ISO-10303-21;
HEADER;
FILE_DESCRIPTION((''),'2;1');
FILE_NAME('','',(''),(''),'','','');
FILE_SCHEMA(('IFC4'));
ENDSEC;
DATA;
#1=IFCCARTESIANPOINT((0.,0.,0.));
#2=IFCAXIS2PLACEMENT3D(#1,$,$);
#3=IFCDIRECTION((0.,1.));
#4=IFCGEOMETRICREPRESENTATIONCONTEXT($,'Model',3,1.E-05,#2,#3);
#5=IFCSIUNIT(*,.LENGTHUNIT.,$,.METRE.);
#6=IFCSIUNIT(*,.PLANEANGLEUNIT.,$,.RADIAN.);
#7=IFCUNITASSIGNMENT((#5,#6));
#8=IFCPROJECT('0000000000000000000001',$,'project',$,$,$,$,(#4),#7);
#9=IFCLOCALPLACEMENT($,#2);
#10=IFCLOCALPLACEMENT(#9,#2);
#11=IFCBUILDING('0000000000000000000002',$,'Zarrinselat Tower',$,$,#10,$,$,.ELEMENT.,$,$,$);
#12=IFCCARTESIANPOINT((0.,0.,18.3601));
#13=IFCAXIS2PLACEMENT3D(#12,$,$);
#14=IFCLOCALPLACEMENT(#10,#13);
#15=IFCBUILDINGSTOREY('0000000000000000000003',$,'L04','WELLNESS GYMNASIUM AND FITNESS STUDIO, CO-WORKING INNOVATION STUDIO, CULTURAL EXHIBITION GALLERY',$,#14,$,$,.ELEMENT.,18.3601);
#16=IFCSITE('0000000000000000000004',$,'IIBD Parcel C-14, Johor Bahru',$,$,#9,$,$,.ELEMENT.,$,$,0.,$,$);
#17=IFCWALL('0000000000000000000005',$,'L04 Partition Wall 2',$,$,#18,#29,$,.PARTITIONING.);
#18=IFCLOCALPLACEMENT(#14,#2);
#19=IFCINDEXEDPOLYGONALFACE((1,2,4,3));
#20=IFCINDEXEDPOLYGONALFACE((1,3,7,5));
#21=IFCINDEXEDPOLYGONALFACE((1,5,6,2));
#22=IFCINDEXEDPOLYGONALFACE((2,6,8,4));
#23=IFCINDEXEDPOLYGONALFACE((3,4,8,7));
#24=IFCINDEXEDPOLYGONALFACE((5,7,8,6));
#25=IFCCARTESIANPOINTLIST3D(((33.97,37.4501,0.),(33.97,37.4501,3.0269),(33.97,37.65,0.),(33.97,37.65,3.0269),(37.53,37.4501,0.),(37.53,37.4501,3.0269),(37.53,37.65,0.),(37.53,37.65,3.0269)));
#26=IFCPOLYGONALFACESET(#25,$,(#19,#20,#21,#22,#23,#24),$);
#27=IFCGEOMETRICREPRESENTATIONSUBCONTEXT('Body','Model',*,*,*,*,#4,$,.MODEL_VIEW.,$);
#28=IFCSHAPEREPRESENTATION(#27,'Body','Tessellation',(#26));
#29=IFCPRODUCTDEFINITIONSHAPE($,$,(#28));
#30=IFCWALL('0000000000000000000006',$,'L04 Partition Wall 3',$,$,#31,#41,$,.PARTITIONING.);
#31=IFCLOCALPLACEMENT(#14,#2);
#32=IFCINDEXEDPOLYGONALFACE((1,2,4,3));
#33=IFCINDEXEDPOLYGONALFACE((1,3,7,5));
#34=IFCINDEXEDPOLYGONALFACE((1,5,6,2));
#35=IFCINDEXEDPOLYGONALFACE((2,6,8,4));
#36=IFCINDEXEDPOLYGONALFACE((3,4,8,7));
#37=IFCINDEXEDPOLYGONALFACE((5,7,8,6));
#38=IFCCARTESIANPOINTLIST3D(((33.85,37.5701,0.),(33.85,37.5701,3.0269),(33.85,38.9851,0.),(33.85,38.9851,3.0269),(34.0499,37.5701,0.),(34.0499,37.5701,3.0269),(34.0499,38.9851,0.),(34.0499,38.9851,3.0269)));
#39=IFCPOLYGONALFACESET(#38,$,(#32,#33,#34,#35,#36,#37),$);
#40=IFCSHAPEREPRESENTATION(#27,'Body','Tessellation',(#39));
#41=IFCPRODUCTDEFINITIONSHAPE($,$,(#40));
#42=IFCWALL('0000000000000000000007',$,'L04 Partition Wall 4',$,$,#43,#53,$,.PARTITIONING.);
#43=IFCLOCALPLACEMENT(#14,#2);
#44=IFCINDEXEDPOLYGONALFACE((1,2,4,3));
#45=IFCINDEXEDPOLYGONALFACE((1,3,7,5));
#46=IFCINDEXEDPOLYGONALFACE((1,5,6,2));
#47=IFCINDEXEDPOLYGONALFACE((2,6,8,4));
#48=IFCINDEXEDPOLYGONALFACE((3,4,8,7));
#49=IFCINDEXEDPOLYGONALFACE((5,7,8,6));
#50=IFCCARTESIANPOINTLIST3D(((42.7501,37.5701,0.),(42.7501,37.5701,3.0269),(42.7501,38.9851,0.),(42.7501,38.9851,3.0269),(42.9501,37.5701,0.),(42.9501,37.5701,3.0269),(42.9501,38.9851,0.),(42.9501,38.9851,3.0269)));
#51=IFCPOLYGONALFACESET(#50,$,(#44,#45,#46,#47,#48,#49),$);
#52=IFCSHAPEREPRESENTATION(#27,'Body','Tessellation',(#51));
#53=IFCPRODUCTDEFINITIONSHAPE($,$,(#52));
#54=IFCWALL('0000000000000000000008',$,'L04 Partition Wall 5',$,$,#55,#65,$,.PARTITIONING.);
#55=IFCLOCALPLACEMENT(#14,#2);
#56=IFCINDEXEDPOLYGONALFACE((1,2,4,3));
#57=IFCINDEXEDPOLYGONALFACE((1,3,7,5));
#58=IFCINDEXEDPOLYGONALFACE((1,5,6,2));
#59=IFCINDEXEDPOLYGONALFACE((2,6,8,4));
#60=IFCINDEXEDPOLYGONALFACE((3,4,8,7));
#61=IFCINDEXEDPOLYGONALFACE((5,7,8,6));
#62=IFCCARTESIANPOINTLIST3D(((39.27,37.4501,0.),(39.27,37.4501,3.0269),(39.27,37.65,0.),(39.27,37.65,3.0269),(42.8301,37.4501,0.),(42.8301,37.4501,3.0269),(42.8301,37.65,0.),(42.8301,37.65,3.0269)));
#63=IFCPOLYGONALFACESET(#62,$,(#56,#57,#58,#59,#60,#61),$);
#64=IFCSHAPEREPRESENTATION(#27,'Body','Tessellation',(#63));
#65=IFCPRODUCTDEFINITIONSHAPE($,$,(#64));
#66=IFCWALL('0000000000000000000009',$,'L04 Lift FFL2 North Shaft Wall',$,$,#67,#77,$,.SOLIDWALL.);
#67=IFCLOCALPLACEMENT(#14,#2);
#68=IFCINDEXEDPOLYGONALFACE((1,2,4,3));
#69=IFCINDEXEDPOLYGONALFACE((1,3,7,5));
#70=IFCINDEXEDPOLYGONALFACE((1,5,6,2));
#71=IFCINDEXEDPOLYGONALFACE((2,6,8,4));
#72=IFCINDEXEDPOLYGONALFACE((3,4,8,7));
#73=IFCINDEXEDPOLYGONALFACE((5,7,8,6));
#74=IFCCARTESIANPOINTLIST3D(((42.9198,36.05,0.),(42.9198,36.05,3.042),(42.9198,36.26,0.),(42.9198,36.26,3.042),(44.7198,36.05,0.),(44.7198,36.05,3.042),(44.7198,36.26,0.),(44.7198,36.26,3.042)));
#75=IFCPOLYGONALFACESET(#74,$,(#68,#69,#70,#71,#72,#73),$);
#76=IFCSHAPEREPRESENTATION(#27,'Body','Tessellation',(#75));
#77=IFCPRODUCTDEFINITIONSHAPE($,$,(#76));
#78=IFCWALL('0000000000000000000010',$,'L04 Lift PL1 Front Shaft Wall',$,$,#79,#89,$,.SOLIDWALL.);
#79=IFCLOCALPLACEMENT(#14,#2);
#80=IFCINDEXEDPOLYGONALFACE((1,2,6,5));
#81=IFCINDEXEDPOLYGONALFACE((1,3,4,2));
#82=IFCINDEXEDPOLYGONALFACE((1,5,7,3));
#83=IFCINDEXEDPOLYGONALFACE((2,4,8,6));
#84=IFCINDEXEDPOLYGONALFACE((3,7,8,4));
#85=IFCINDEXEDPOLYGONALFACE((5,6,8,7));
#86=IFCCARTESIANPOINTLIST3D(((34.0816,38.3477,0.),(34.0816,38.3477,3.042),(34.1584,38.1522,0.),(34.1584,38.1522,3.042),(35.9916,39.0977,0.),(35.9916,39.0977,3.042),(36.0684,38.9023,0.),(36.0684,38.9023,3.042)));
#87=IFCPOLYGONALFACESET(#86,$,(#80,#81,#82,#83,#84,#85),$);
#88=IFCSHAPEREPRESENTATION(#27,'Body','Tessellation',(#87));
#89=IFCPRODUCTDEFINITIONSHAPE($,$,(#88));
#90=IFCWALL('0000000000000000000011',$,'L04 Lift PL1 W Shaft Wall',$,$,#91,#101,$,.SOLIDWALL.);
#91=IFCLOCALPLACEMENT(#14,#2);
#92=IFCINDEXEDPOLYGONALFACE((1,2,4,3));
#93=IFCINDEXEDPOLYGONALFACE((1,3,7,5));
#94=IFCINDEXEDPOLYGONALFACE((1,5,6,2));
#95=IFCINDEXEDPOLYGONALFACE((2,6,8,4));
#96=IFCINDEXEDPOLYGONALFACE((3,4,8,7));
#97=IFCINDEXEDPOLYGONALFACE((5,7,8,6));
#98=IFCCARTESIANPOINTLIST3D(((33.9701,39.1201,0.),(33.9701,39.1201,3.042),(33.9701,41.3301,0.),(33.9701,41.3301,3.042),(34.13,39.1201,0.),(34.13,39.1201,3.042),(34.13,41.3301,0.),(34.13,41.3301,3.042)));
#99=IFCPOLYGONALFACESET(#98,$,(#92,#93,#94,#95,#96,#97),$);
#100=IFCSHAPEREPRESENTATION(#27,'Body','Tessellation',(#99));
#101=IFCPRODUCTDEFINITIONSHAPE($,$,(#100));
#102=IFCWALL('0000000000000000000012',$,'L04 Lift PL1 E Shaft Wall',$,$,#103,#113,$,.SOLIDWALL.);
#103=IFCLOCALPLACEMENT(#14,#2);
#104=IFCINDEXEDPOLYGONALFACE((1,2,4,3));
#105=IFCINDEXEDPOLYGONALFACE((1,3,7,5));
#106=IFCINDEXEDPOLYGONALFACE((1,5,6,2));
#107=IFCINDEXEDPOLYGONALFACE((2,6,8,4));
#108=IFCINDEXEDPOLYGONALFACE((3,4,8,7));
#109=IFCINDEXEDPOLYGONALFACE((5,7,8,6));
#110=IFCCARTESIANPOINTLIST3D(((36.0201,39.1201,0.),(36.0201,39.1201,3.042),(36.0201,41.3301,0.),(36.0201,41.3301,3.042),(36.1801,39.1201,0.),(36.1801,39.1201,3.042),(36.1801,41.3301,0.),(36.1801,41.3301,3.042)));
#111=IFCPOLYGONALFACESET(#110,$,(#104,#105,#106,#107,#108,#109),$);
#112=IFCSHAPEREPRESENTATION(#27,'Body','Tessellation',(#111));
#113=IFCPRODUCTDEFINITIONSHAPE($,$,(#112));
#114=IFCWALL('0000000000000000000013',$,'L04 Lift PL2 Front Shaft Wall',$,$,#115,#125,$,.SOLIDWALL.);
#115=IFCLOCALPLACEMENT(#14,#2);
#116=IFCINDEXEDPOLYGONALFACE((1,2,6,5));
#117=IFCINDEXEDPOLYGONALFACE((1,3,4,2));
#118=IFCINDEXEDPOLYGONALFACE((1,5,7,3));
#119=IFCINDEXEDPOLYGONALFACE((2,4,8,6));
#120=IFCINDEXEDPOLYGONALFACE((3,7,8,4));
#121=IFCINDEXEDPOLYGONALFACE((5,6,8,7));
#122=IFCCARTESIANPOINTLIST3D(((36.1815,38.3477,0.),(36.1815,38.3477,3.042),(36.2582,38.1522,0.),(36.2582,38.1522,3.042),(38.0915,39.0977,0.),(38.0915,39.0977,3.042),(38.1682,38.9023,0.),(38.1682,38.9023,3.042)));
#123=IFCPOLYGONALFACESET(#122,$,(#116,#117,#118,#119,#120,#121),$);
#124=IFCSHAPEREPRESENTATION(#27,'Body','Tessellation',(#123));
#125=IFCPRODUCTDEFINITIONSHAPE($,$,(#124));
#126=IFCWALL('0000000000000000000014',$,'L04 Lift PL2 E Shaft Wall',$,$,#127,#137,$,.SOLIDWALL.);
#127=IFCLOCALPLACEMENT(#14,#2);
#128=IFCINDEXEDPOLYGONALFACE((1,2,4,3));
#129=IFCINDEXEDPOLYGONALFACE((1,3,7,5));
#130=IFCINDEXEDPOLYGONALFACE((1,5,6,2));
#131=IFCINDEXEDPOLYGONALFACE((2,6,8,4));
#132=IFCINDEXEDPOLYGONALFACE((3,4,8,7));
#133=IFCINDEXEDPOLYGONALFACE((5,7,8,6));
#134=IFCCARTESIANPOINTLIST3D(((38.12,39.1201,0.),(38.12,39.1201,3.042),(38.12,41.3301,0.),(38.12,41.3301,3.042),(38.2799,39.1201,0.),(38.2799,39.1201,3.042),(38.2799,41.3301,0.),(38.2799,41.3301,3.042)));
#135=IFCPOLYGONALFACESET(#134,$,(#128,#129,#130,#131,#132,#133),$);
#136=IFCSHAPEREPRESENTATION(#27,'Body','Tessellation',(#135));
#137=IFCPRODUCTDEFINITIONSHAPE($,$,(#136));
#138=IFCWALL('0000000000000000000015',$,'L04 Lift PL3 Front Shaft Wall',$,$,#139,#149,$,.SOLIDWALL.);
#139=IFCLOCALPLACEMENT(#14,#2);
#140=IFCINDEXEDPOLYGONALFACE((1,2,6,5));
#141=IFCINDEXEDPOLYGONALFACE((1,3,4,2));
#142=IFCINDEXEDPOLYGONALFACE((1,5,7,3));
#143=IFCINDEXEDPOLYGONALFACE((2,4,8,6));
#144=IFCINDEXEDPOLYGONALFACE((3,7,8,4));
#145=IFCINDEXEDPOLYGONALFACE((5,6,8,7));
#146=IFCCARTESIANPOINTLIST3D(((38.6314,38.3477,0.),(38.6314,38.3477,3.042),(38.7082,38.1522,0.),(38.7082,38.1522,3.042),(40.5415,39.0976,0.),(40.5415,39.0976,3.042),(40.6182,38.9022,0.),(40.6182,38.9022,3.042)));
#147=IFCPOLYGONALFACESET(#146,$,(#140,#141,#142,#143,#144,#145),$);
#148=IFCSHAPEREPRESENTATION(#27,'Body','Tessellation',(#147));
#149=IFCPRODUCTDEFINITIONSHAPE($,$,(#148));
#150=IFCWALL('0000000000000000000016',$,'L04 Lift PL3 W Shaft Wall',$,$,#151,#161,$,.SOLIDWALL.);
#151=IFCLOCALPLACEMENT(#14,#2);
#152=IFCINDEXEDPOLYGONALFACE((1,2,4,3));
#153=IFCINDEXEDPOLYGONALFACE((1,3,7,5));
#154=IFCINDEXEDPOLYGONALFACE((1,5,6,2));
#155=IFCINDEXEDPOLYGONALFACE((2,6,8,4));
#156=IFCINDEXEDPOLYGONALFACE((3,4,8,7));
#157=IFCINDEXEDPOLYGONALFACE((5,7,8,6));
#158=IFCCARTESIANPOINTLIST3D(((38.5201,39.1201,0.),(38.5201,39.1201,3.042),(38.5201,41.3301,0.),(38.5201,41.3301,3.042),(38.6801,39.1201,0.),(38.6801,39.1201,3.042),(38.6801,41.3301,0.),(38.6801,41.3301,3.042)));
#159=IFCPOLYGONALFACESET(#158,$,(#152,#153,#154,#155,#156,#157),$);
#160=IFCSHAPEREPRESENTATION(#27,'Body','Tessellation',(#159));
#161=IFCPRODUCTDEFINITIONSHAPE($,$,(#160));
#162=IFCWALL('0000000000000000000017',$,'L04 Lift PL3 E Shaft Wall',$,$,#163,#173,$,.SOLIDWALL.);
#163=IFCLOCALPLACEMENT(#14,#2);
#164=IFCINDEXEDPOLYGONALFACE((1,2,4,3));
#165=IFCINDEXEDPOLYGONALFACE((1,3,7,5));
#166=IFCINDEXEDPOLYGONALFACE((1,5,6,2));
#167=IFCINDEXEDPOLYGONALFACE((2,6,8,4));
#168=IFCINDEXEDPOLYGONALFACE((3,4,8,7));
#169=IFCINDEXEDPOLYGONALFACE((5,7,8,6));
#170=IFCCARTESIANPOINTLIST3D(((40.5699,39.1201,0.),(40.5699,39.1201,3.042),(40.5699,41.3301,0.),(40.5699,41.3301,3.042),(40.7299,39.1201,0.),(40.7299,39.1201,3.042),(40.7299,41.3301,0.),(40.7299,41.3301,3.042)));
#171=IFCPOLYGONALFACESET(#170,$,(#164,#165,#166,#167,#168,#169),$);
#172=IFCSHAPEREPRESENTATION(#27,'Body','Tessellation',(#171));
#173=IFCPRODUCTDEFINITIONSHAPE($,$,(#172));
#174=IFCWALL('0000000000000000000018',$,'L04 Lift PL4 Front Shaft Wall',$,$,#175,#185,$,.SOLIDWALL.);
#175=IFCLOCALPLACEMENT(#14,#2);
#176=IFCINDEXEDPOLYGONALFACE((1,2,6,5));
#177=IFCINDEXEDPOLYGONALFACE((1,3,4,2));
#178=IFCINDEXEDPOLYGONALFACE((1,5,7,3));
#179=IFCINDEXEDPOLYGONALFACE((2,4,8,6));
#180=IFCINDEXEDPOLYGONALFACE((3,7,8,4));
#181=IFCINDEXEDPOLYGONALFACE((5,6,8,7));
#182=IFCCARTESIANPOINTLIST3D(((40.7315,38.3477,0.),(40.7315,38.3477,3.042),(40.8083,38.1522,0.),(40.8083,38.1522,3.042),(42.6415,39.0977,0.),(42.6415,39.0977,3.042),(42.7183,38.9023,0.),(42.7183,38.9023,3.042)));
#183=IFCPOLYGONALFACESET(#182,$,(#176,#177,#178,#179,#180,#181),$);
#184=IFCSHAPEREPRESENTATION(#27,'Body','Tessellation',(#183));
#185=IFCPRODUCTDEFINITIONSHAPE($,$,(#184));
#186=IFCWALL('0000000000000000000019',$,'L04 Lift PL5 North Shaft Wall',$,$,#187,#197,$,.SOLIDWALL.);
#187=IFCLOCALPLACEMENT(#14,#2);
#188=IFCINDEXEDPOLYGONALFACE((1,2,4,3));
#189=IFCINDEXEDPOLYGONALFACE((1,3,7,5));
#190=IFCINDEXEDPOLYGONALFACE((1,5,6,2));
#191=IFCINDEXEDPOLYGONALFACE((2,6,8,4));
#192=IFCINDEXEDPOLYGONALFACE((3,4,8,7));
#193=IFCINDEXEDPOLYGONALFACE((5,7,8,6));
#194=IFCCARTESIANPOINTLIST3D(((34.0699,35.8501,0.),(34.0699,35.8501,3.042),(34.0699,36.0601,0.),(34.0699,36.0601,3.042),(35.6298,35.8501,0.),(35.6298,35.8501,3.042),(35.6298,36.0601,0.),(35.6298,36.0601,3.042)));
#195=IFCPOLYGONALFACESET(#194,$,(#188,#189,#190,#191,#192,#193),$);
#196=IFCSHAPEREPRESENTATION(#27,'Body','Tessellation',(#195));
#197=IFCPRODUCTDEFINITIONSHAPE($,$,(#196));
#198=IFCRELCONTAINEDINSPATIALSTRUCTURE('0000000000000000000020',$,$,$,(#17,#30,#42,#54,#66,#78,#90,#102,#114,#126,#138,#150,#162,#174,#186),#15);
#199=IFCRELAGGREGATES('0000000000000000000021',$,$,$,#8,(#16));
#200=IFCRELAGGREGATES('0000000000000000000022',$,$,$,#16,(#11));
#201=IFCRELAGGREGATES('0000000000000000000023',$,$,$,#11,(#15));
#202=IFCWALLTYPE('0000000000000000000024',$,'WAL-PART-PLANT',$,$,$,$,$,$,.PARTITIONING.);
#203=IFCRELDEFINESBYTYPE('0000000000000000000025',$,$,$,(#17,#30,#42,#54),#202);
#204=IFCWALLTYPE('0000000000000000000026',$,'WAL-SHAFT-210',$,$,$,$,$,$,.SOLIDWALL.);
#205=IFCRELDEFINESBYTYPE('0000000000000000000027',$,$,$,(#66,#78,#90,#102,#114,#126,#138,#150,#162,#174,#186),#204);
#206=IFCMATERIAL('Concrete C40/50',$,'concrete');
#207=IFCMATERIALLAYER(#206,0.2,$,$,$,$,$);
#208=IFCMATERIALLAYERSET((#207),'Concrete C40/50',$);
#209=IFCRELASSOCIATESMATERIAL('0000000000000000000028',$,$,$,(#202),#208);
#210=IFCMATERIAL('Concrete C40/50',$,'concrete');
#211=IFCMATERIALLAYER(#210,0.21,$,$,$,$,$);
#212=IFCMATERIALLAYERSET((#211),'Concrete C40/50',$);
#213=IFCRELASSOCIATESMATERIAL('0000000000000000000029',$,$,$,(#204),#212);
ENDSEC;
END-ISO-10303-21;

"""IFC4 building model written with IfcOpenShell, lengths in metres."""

from ifc_helpers import new_model, si_unit, direction, frame, frame_2d, origin, place, context, subcontext, project, spatial, rectangle, extrude, material, layer, layer_set, type_object, element, save


model = new_model("IFC4")

# Units and contexts
model_context = context("Model", 3, precision=1e-05, world=origin(), true_north=direction((0.0, 1.0)))
body_context = subcontext(model_context, "Body", "Model", "MODEL_VIEW")
ifc_project = project(units=[si_unit("LENGTHUNIT", "METRE"), si_unit("PLANEANGLEUNIT", "RADIAN")], contexts=[model_context])

# Site, building, storey
site_placement = place(None, origin())
site = spatial("IfcSite", under=ifc_project, at=site_placement, Name="IIBD Parcel C-14, Johor Bahru", CompositionType="ELEMENT", RefElevation=0.0)
building_placement = place(site_placement, origin())
building = spatial("IfcBuilding", under=site, at=building_placement, Name="Zarrinselat Tower", CompositionType="ELEMENT")
storey_placement = place(building_placement, frame((0.0, 0.0, 18.3601)))
storey = spatial("IfcBuildingStorey", under=building, at=storey_placement, Name="L04", Description="WELLNESS GYMNASIUM AND FITNESS STUDIO, CO-WORKING INNOVATION STUDIO, CULTURAL EXHIBITION GALLERY", CompositionType="ELEMENT", Elevation=18.3601)

# Walls
ifc_material_1 = material(Name="Concrete C40/50", Category="concrete")
ifc_layer_1 = layer(ifc_material_1, 0.2)
ifc_layer_set_1 = layer_set([ifc_layer_1], Name="Concrete C40/50")
wall_type_1 = type_object("IfcWallType", Name="WAL-PART-PLANT", PredefinedType="PARTITIONING", material=ifc_layer_set_1)
wall_1_placement = place(storey_placement, frame((33.97, 37.55, 0.0), z_axis=(0.0, 0.0, 1.0), x_axis=(1.0, 0.0, 0.0)))
element("IfcWall", 1, at=wall_1_placement, inside=storey, type_object=wall_type_1, Name="L04 Partition Wall 2", PredefinedType="PARTITIONING", context=body_context, shape_type="SweptSolid", body=[
    extrude(rectangle(XDim=3.5601, YDim=0.2, at=frame_2d((1.78, 0.0))), origin(), (0.0, 0.0, 1.0), 3.0269),
])
for number, where, z_axis, x_axis, name in (
    (2, (33.95, 37.5701, 0.0), (0.0, 0.0, 1.0), (0.0, 1.0, 0.0), "L04 Partition Wall 3"),
    (3, (42.8501, 37.5701, 0.0), (0.0, 0.0, 1.0), (0.0, 1.0, 0.0), "L04 Partition Wall 4"),
):
    element("IfcWall", number, at=place(storey_placement, frame(where, z_axis=z_axis, x_axis=x_axis)), inside=storey, type_object=wall_type_1, Name=name, PredefinedType="PARTITIONING", context=body_context, shape_type="SweptSolid", body=[
        extrude(rectangle(XDim=1.415, YDim=0.2, at=frame_2d((0.7075, 0.0))), origin(), (0.0, 0.0, 1.0), 3.0269),
    ])
wall_2_placement = place(storey_placement, frame((39.27, 37.55, 0.0), z_axis=(0.0, 0.0, 1.0), x_axis=(1.0, 0.0, 0.0)))
element("IfcWall", 4, at=wall_2_placement, inside=storey, type_object=wall_type_1, Name="L04 Partition Wall 5", PredefinedType="PARTITIONING", context=body_context, shape_type="SweptSolid", body=[
    extrude(rectangle(XDim=3.5601, YDim=0.2, at=frame_2d((1.78, 0.0))), origin(), (0.0, 0.0, 1.0), 3.0269),
])
ifc_material_2 = material(Name="Concrete C40/50", Category="concrete")
ifc_layer_2 = layer(ifc_material_2, 0.21)
ifc_layer_set_2 = layer_set([ifc_layer_2], Name="Concrete C40/50")
wall_type_2 = type_object("IfcWallType", Name="WAL-SHAFT-210", PredefinedType="SOLIDWALL", material=ifc_layer_set_2)
wall_3_placement = place(storey_placement, frame((42.9199, 36.155, 0.0), z_axis=(0.0, 0.0, 1.0), x_axis=(1.0, 0.0, 0.0)))
element("IfcWall", 5, at=wall_3_placement, inside=storey, type_object=wall_type_2, Name="L04 Lift FFL2 North Shaft Wall", PredefinedType="SOLIDWALL", context=body_context, shape_type="SweptSolid", body=[
    extrude(rectangle(XDim=1.8, YDim=0.21, at=frame_2d((0.8999, 0.0))), origin(), (0.0, 0.0, 1.0), 3.042),
])
wall_4_placement = place(storey_placement, frame((34.1201, 38.25, 0.0), z_axis=(0.0, 0.0, 1.0), x_axis=(0.930805, 0.365516, 0.0)))
element("IfcWall", 6, at=wall_4_placement, inside=storey, type_object=wall_type_2, Name="L04 Lift PL1 Front Shaft Wall", PredefinedType="SOLIDWALL", context=body_context, shape_type="SweptSolid", body=[
    extrude(rectangle(XDim=2.052, YDim=0.21, at=frame_2d((1.0259, 0.0))), origin(), (0.0, 0.0, 1.0), 3.042),
])
for number, where, z_axis, x_axis, name in (
    (7, (34.05, 39.1201, 0.0), (0.0, 0.0, 1.0), (0.0, 1.0, 0.0), "L04 Lift PL1 W Shaft Wall"),
    (8, (36.1001, 39.1201, 0.0), (0.0, 0.0, 1.0), (0.0, 1.0, 0.0), "L04 Lift PL1 E Shaft Wall"),
):
    element("IfcWall", number, at=place(storey_placement, frame(where, z_axis=z_axis, x_axis=x_axis)), inside=storey, type_object=wall_type_2, Name=name, PredefinedType="SOLIDWALL", context=body_context, shape_type="SweptSolid", body=[
        extrude(rectangle(XDim=2.21, YDim=0.1599, at=frame_2d((1.105, 0.0))), origin(), (0.0, 0.0, 1.0), 3.042),
    ])
wall_5_placement = place(storey_placement, frame((36.22, 38.25, 0.0), z_axis=(0.0, 0.0, 1.0), x_axis=(0.930805, 0.365516, 0.0)))
element("IfcWall", 9, at=wall_5_placement, inside=storey, type_object=wall_type_2, Name="L04 Lift PL2 Front Shaft Wall", PredefinedType="SOLIDWALL", context=body_context, shape_type="SweptSolid", body=[
    extrude(rectangle(XDim=2.052, YDim=0.21, at=frame_2d((1.0259, 0.0))), origin(), (0.0, 0.0, 1.0), 3.042),
])
wall_6_placement = place(storey_placement, frame((38.2, 39.1201, 0.0), z_axis=(0.0, 0.0, 1.0), x_axis=(0.0, 1.0, 0.0)))
element("IfcWall", 10, at=wall_6_placement, inside=storey, type_object=wall_type_2, Name="L04 Lift PL2 E Shaft Wall", PredefinedType="SOLIDWALL", context=body_context, shape_type="SweptSolid", body=[
    extrude(rectangle(XDim=2.21, YDim=0.1599, at=frame_2d((1.105, 0.0))), origin(), (0.0, 0.0, 1.0), 3.042),
])
wall_7_placement = place(storey_placement, frame((38.6699, 38.25, 0.0), z_axis=(0.0, 0.0, 1.0), x_axis=(0.930821, 0.365476, 0.0)))
element("IfcWall", 11, at=wall_7_placement, inside=storey, type_object=wall_type_2, Name="L04 Lift PL3 Front Shaft Wall", PredefinedType="SOLIDWALL", context=body_context, shape_type="SweptSolid", body=[
    extrude(rectangle(XDim=2.052, YDim=0.21, at=frame_2d((1.0259, 0.0))), origin(), (0.0, 0.0, 1.0), 3.042),
])
for number, where, z_axis, x_axis, name in (
    (12, (38.6001, 39.1201, 0.0), (0.0, 0.0, 1.0), (0.0, 1.0, 0.0), "L04 Lift PL3 W Shaft Wall"),
    (13, (40.6499, 39.1201, 0.0), (0.0, 0.0, 1.0), (0.0, 1.0, 0.0), "L04 Lift PL3 E Shaft Wall"),
):
    element("IfcWall", number, at=place(storey_placement, frame(where, z_axis=z_axis, x_axis=x_axis)), inside=storey, type_object=wall_type_2, Name=name, PredefinedType="SOLIDWALL", context=body_context, shape_type="SweptSolid", body=[
        extrude(rectangle(XDim=2.21, YDim=0.1599, at=frame_2d((1.105, 0.0))), origin(), (0.0, 0.0, 1.0), 3.042),
    ])
wall_8_placement = place(storey_placement, frame((40.77, 38.25, 0.0), z_axis=(0.0, 0.0, 1.0), x_axis=(0.930805, 0.365516, 0.0)))
element("IfcWall", 14, at=wall_8_placement, inside=storey, type_object=wall_type_2, Name="L04 Lift PL4 Front Shaft Wall", PredefinedType="SOLIDWALL", context=body_context, shape_type="SweptSolid", body=[
    extrude(rectangle(XDim=2.052, YDim=0.21, at=frame_2d((1.0259, 0.0))), origin(), (0.0, 0.0, 1.0), 3.042),
])
wall_9_placement = place(storey_placement, frame((34.0701, 35.9551, 0.0), z_axis=(0.0, 0.0, 1.0), x_axis=(1.0, 0.0, 0.0)))
element("IfcWall", 15, at=wall_9_placement, inside=storey, type_object=wall_type_2, Name="L04 Lift PL5 North Shaft Wall", PredefinedType="SOLIDWALL", context=body_context, shape_type="SweptSolid", body=[
    extrude(rectangle(XDim=1.5598, YDim=0.21, at=frame_2d((0.7798, 0.0))), origin(), (0.0, 0.0, 1.0), 3.042),
])

save(model, "model.ifc")
